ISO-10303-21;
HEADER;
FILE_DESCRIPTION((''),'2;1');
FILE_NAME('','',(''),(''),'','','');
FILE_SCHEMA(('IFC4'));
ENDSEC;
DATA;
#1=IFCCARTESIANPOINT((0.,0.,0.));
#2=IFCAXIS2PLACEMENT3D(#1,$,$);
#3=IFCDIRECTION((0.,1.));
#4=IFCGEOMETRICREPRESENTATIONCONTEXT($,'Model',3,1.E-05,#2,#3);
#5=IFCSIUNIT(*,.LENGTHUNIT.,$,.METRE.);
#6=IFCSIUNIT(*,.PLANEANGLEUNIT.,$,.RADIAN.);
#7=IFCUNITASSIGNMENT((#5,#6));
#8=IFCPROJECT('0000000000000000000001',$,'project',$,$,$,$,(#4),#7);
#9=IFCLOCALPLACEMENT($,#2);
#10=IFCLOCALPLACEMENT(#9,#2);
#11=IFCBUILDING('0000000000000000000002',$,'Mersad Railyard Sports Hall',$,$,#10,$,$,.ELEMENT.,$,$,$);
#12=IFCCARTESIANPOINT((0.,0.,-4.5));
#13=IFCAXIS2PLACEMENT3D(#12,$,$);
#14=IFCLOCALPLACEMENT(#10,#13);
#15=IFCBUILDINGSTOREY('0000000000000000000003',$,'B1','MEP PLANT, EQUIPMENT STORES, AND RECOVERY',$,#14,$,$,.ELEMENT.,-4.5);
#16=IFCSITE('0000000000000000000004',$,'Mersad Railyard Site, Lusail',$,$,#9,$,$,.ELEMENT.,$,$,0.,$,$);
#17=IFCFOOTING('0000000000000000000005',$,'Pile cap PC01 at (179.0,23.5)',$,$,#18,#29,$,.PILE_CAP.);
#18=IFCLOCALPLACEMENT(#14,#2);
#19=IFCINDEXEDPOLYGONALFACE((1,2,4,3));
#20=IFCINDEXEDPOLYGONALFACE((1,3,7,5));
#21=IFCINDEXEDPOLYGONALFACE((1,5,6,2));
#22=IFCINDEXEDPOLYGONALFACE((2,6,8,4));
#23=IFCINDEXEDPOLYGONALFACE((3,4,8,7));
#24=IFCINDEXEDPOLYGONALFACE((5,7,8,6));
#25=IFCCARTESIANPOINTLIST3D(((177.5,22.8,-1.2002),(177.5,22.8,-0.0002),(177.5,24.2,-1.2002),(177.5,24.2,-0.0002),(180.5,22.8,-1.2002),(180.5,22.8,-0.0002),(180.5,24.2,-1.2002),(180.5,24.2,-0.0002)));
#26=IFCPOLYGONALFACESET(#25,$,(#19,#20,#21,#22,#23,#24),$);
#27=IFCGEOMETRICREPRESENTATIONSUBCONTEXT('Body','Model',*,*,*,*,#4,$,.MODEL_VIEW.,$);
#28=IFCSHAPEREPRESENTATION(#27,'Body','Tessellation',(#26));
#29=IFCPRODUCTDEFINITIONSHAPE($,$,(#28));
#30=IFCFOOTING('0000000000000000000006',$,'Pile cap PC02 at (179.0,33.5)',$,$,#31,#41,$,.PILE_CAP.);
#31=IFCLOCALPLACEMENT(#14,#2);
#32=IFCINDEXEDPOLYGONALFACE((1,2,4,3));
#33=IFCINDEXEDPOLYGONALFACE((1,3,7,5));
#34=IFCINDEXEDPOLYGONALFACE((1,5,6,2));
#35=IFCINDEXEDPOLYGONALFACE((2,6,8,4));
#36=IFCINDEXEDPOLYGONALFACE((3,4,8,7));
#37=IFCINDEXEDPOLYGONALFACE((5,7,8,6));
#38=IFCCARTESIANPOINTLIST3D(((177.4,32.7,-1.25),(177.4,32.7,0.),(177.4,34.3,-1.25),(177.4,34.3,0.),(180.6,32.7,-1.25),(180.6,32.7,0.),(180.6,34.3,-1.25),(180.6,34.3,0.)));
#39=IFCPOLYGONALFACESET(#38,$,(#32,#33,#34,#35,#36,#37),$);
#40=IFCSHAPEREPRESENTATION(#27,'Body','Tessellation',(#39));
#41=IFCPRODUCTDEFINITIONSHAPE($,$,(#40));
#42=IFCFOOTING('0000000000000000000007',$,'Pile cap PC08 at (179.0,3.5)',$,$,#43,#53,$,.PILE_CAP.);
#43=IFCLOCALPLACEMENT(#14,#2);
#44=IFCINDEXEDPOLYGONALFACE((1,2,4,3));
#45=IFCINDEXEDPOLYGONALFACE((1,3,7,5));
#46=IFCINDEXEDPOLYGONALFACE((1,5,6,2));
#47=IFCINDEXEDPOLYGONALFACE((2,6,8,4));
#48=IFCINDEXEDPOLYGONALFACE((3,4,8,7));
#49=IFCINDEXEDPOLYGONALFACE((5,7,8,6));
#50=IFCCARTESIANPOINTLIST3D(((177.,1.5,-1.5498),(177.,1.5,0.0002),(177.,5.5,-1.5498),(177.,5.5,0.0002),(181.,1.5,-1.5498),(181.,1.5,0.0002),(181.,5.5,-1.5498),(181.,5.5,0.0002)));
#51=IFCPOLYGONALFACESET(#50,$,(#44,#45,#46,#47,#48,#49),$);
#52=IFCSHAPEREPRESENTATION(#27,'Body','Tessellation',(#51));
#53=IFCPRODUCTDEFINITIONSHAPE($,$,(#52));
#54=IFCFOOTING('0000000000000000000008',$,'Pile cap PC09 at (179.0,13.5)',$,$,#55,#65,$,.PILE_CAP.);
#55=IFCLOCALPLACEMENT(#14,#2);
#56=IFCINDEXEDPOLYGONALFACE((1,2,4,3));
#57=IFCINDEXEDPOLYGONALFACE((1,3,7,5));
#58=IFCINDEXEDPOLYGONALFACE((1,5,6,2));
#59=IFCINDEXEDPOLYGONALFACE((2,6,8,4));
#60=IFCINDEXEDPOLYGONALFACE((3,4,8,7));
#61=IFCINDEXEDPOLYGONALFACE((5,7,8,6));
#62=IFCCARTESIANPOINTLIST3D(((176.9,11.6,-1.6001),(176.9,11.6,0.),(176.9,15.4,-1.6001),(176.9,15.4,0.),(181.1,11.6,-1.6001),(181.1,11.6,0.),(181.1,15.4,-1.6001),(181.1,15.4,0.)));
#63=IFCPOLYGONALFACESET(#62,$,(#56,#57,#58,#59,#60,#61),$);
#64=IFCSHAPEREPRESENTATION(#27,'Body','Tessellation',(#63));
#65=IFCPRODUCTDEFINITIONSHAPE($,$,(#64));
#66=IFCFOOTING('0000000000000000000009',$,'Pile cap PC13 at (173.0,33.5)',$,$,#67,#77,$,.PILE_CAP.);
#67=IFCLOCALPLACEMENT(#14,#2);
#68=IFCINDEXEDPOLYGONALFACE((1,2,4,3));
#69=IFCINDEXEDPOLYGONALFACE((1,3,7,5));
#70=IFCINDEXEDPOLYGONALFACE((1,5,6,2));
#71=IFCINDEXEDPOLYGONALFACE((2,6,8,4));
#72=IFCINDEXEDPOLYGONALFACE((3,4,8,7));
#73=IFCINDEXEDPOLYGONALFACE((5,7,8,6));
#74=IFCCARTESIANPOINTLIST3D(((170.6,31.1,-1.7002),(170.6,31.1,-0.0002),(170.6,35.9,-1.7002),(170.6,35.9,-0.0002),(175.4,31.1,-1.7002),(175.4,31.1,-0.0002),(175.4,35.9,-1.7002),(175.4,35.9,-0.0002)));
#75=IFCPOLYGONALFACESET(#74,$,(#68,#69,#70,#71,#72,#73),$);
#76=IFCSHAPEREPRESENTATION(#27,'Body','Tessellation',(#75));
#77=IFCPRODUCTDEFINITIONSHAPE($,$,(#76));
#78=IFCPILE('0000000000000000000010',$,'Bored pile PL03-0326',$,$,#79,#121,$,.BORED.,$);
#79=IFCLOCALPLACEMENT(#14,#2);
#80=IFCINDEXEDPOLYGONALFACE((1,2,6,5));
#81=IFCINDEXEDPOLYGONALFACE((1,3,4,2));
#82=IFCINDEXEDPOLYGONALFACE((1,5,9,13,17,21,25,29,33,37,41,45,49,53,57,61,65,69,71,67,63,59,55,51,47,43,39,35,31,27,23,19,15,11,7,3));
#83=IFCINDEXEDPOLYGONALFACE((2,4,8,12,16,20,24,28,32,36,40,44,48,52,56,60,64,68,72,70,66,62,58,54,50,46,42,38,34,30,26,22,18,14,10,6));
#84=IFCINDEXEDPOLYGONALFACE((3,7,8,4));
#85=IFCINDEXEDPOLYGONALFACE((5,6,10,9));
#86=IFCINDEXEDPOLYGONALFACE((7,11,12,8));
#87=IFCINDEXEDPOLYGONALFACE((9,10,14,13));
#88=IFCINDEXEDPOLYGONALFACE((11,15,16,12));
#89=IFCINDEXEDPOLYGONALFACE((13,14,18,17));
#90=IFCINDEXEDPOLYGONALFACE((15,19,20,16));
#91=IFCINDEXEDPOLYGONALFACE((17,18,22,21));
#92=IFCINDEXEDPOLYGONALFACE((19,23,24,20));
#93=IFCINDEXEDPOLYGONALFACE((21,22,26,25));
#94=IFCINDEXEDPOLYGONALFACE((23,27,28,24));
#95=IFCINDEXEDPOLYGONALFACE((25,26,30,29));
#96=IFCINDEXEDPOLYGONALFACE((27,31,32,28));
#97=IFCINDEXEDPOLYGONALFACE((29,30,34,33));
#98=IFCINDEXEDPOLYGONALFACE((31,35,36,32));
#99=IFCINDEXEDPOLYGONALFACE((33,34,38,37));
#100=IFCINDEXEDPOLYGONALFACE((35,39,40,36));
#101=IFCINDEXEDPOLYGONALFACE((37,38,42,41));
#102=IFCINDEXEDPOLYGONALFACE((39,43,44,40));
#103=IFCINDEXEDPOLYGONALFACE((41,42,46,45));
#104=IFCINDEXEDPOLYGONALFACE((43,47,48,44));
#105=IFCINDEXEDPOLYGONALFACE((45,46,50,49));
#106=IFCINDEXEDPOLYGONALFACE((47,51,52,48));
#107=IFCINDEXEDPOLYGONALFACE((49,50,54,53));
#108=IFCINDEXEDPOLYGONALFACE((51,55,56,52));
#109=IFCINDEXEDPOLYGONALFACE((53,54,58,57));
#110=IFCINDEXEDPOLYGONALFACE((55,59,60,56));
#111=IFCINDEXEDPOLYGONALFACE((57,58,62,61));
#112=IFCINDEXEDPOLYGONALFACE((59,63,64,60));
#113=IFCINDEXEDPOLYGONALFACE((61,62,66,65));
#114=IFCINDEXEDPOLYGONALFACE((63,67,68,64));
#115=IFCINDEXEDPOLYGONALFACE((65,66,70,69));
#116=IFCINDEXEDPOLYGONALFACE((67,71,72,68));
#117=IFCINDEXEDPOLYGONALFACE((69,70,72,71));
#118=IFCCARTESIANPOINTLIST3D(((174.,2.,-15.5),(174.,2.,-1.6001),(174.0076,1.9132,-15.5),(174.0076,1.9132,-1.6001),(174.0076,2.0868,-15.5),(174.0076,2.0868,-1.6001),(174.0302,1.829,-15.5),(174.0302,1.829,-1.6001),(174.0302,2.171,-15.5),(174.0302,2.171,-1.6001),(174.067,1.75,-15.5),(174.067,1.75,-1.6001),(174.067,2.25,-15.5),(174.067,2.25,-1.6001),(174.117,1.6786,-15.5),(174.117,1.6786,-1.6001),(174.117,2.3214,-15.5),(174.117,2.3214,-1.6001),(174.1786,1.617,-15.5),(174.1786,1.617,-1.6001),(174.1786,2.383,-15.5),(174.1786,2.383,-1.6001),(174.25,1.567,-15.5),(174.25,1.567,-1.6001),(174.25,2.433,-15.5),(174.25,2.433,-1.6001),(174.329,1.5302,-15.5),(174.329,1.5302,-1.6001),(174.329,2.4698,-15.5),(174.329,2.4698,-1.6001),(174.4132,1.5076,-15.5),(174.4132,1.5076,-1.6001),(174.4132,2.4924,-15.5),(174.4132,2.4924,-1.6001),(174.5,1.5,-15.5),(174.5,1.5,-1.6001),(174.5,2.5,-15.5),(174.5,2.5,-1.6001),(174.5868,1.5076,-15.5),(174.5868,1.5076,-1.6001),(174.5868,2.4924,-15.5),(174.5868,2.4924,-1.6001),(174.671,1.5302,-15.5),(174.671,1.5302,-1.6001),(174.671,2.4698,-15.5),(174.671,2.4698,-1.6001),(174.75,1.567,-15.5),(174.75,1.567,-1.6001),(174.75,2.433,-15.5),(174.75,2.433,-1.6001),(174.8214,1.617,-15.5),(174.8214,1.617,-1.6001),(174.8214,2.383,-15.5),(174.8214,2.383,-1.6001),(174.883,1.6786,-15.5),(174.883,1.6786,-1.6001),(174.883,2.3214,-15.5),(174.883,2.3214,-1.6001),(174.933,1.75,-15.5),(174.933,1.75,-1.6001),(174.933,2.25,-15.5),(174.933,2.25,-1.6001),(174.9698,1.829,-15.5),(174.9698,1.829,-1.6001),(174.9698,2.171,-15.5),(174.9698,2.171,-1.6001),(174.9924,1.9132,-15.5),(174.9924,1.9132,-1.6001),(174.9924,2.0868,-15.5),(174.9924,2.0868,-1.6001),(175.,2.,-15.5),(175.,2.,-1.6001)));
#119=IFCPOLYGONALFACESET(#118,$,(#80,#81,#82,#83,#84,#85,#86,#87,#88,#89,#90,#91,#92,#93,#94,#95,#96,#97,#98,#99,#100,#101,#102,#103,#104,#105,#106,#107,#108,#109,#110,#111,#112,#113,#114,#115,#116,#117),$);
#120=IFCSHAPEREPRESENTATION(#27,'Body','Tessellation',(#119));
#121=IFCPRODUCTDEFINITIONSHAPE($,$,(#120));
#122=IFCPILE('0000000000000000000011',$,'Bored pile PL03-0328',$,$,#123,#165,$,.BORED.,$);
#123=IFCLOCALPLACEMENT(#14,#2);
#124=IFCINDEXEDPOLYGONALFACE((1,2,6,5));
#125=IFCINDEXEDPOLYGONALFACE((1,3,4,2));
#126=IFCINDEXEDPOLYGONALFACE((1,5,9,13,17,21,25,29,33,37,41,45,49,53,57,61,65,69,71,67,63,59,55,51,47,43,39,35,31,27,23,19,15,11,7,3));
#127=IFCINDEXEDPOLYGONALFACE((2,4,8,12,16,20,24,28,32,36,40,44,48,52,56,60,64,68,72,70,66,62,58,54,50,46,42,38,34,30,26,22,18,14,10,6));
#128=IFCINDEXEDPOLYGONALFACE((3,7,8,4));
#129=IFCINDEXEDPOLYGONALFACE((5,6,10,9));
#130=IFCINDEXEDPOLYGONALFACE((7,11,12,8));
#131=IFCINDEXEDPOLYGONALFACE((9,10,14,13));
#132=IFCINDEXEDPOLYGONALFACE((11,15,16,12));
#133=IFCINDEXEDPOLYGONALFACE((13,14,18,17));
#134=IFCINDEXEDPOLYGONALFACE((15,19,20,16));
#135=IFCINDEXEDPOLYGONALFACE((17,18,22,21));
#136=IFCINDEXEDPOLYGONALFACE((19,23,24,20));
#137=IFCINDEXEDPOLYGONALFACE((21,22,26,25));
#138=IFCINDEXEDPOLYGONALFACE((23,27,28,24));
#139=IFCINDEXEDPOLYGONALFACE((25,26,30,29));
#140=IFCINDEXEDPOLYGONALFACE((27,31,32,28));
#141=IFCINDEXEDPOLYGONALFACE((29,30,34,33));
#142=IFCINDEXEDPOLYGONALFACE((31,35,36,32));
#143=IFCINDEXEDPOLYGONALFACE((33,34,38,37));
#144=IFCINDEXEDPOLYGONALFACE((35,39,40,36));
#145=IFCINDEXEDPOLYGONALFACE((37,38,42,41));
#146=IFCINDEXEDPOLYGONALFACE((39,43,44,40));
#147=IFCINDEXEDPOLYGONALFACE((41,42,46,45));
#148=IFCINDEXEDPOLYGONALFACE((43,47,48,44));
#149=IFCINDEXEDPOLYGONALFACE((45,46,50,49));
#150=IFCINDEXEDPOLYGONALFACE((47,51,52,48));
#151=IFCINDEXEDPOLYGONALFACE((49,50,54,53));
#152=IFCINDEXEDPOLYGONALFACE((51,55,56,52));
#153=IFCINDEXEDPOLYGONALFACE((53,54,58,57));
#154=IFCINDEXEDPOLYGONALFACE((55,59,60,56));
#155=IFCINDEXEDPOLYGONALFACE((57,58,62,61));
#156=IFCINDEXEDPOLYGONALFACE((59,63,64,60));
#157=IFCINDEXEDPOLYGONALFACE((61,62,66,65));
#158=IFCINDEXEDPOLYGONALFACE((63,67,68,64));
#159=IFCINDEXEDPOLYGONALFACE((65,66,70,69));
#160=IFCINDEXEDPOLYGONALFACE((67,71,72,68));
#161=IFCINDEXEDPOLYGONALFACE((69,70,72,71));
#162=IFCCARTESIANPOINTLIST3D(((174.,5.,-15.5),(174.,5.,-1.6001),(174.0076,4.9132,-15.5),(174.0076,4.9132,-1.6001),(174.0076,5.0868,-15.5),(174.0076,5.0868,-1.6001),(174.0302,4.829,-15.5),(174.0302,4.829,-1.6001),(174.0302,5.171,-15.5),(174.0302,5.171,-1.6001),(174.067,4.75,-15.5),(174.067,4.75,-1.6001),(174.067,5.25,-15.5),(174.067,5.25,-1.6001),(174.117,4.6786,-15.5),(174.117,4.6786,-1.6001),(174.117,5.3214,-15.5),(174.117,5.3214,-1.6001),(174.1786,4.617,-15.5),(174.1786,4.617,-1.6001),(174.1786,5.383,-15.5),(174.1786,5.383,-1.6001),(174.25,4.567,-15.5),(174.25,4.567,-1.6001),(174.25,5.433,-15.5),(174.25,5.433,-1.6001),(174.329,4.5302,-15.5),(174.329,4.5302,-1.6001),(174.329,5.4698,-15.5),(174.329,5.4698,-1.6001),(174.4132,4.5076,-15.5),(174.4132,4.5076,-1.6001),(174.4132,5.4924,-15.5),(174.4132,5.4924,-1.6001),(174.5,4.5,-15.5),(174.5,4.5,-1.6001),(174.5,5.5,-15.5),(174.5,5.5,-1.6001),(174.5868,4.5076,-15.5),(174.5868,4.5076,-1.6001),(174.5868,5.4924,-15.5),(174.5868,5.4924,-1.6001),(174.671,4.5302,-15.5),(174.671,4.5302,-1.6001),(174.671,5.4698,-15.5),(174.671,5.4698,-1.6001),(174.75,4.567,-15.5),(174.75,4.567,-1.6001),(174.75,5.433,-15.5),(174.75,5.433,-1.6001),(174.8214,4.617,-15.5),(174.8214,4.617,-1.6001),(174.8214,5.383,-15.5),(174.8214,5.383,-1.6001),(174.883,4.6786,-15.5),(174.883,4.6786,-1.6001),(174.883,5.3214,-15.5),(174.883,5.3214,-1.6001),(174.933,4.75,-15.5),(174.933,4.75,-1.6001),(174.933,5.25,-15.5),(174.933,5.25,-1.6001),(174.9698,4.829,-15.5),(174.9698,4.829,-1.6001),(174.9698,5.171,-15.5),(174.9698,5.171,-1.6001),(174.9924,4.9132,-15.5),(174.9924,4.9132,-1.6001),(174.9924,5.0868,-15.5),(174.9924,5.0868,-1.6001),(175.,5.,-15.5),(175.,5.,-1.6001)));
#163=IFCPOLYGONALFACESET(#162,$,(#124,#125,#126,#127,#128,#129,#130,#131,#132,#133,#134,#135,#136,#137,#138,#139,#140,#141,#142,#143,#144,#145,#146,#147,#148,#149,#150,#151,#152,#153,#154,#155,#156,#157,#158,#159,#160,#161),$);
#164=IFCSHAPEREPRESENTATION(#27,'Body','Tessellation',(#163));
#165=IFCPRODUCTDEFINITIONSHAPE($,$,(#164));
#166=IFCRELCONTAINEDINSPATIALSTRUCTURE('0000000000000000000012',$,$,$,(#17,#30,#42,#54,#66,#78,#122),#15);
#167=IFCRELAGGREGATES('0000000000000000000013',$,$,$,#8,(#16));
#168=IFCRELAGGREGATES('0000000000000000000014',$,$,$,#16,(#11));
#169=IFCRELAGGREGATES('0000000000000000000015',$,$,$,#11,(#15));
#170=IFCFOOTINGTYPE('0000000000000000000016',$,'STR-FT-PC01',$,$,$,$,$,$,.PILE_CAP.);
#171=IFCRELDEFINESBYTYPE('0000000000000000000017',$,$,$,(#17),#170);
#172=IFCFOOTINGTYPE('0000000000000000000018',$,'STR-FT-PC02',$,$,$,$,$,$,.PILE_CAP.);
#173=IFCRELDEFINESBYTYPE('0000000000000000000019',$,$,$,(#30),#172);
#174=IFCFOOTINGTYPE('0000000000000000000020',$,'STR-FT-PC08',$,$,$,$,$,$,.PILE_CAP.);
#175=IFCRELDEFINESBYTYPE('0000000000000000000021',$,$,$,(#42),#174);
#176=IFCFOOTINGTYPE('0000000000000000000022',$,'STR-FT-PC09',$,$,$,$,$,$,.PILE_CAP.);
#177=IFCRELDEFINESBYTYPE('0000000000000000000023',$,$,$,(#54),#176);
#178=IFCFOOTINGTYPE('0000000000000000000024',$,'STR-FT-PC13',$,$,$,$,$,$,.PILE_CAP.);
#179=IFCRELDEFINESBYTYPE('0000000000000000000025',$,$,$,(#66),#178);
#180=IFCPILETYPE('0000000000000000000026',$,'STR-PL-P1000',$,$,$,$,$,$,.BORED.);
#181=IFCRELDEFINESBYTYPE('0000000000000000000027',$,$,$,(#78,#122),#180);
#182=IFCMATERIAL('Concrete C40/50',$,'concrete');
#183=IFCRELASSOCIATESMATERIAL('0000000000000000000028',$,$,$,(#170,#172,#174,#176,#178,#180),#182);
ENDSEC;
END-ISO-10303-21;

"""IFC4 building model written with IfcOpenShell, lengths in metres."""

from ifc_helpers import new_model, si_unit, direction, frame, origin, origin_2d, place, context, subcontext, project, spatial, rectangle, circle, extrude, material, material_profile, profile_set, type_object, element, save


model = new_model("IFC4")

# Units and contexts
model_context = context("Model", 3, precision=1e-05, world=origin(), true_north=direction((0.0, 1.0)))
body_context = subcontext(model_context, "Body", "Model", "MODEL_VIEW")
ifc_project = project(units=[si_unit("LENGTHUNIT", "METRE"), si_unit("PLANEANGLEUNIT", "RADIAN")], contexts=[model_context])

# Site, building, storey
site_placement = place(None, origin())
site = spatial("IfcSite", under=ifc_project, at=site_placement, Name="Mersad Railyard Site, Lusail", CompositionType="ELEMENT", RefElevation=0.0)
building_placement = place(site_placement, origin())
building = spatial("IfcBuilding", under=site, at=building_placement, Name="Mersad Railyard Sports Hall", CompositionType="ELEMENT")
storey_placement = place(building_placement, frame((0.0, 0.0, -4.5)))
storey = spatial("IfcBuildingStorey", under=building, at=storey_placement, Name="B1", Description="MEP PLANT, EQUIPMENT STORES, AND RECOVERY", CompositionType="ELEMENT", Elevation=-4.5)

# Footings
ifc_material_1 = material(Name="Concrete C40/50", Category="concrete")
footing_type_1 = type_object("IfcFootingType", Name="STR-FT-PC01", PredefinedType="PILE_CAP", material=ifc_material_1)
footing_1_placement = place(storey_placement, frame((179.0, 23.5, -1.2002), z_axis=(0.0, 0.0, 1.0), x_axis=(1.0, 0.0, 0.0)))
element("IfcFooting", 1, at=footing_1_placement, inside=storey, type_object=footing_type_1, Name="Pile cap PC01 at (179.0,23.5)", PredefinedType="PILE_CAP", context=body_context, shape_type="SweptSolid", body=[
    extrude(rectangle(XDim=3.0, YDim=1.3999, at=origin_2d()), origin(), (0.0, 0.0, 1.0), 1.2),
])
footing_type_2 = type_object("IfcFootingType", Name="STR-FT-PC02", PredefinedType="PILE_CAP", material=ifc_material_1)
footing_2_placement = place(storey_placement, frame((179.0, 33.5, -1.25), z_axis=(0.0, 0.0, 1.0), x_axis=(1.0, 0.0, 0.0)))
element("IfcFooting", 2, at=footing_2_placement, inside=storey, type_object=footing_type_2, Name="Pile cap PC02 at (179.0,33.5)", PredefinedType="PILE_CAP", context=body_context, shape_type="SweptSolid", body=[
    extrude(rectangle(XDim=3.2, YDim=1.6001, at=origin_2d()), origin(), (0.0, 0.0, 1.0), 1.25),
])
footing_type_3 = type_object("IfcFootingType", Name="STR-FT-PC08", PredefinedType="PILE_CAP", material=ifc_material_1)
footing_3_placement = place(storey_placement, frame((179.0, 3.5, -1.5498), z_axis=(0.0, 0.0, 1.0), x_axis=(1.0, 0.0, 0.0)))
element("IfcFooting", 3, at=footing_3_placement, inside=storey, type_object=footing_type_3, Name="Pile cap PC08 at (179.0,3.5)", PredefinedType="PILE_CAP", context=body_context, shape_type="SweptSolid", body=[
    extrude(rectangle(XDim=4.0, YDim=4.0, at=origin_2d()), origin(), (0.0, 0.0, 1.0), 1.55),
])
footing_type_4 = type_object("IfcFootingType", Name="STR-FT-PC09", PredefinedType="PILE_CAP", material=ifc_material_1)
footing_4_placement = place(storey_placement, frame((179.0, 13.5, -1.6001), z_axis=(0.0, 0.0, 1.0), x_axis=(1.0, 0.0, 0.0)))
element("IfcFooting", 4, at=footing_4_placement, inside=storey, type_object=footing_type_4, Name="Pile cap PC09 at (179.0,13.5)", PredefinedType="PILE_CAP", context=body_context, shape_type="SweptSolid", body=[
    extrude(rectangle(XDim=4.2, YDim=3.8, at=origin_2d()), origin(), (0.0, 0.0, 1.0), 1.6001),
])
footing_type_5 = type_object("IfcFootingType", Name="STR-FT-PC13", PredefinedType="PILE_CAP", material=ifc_material_1)
footing_5_placement = place(storey_placement, frame((173.0, 33.5, -1.7002), z_axis=(0.0, 0.0, 1.0), x_axis=(1.0, 0.0, 0.0)))
element("IfcFooting", 5, at=footing_5_placement, inside=storey, type_object=footing_type_5, Name="Pile cap PC13 at (173.0,33.5)", PredefinedType="PILE_CAP", context=body_context, shape_type="SweptSolid", body=[
    extrude(rectangle(XDim=4.8, YDim=4.8, at=origin_2d()), origin(), (0.0, 0.0, 1.0), 1.7),
])

# Piles
ifc_material_profile_1 = material_profile(ifc_material_1, circle(Radius=0.5, at=origin_2d()), Name="BORED PILE D1000")
ifc_profile_set_1 = profile_set([ifc_material_profile_1], Name="Concrete C40/50")
pile_type_1 = type_object("IfcPileType", Name="STR-PL-P1000", PredefinedType="BORED", material=ifc_profile_set_1)
for number, where, z_axis, x_axis, name in (
    (6, (174.5, 2.0, -1.6001), (0.0, 0.0, -1.0), (1.0, 0.0, 0.0), "Bored pile PL03-0326"),
    (7, (174.5, 5.0, -1.6001), (0.0, 0.0, -1.0), (1.0, 0.0, 0.0), "Bored pile PL03-0328"),
):
    element("IfcPile", number, at=place(storey_placement, frame(where, z_axis=z_axis, x_axis=x_axis)), inside=storey, type_object=pile_type_1, Name=name, PredefinedType="BORED", context=body_context, shape_type="SweptSolid", body=[
        extrude(circle(Radius=0.5, at=origin_2d()), origin(), (0.0, 0.0, 1.0), 13.8999),
    ])

save(model, "model.ifc")
